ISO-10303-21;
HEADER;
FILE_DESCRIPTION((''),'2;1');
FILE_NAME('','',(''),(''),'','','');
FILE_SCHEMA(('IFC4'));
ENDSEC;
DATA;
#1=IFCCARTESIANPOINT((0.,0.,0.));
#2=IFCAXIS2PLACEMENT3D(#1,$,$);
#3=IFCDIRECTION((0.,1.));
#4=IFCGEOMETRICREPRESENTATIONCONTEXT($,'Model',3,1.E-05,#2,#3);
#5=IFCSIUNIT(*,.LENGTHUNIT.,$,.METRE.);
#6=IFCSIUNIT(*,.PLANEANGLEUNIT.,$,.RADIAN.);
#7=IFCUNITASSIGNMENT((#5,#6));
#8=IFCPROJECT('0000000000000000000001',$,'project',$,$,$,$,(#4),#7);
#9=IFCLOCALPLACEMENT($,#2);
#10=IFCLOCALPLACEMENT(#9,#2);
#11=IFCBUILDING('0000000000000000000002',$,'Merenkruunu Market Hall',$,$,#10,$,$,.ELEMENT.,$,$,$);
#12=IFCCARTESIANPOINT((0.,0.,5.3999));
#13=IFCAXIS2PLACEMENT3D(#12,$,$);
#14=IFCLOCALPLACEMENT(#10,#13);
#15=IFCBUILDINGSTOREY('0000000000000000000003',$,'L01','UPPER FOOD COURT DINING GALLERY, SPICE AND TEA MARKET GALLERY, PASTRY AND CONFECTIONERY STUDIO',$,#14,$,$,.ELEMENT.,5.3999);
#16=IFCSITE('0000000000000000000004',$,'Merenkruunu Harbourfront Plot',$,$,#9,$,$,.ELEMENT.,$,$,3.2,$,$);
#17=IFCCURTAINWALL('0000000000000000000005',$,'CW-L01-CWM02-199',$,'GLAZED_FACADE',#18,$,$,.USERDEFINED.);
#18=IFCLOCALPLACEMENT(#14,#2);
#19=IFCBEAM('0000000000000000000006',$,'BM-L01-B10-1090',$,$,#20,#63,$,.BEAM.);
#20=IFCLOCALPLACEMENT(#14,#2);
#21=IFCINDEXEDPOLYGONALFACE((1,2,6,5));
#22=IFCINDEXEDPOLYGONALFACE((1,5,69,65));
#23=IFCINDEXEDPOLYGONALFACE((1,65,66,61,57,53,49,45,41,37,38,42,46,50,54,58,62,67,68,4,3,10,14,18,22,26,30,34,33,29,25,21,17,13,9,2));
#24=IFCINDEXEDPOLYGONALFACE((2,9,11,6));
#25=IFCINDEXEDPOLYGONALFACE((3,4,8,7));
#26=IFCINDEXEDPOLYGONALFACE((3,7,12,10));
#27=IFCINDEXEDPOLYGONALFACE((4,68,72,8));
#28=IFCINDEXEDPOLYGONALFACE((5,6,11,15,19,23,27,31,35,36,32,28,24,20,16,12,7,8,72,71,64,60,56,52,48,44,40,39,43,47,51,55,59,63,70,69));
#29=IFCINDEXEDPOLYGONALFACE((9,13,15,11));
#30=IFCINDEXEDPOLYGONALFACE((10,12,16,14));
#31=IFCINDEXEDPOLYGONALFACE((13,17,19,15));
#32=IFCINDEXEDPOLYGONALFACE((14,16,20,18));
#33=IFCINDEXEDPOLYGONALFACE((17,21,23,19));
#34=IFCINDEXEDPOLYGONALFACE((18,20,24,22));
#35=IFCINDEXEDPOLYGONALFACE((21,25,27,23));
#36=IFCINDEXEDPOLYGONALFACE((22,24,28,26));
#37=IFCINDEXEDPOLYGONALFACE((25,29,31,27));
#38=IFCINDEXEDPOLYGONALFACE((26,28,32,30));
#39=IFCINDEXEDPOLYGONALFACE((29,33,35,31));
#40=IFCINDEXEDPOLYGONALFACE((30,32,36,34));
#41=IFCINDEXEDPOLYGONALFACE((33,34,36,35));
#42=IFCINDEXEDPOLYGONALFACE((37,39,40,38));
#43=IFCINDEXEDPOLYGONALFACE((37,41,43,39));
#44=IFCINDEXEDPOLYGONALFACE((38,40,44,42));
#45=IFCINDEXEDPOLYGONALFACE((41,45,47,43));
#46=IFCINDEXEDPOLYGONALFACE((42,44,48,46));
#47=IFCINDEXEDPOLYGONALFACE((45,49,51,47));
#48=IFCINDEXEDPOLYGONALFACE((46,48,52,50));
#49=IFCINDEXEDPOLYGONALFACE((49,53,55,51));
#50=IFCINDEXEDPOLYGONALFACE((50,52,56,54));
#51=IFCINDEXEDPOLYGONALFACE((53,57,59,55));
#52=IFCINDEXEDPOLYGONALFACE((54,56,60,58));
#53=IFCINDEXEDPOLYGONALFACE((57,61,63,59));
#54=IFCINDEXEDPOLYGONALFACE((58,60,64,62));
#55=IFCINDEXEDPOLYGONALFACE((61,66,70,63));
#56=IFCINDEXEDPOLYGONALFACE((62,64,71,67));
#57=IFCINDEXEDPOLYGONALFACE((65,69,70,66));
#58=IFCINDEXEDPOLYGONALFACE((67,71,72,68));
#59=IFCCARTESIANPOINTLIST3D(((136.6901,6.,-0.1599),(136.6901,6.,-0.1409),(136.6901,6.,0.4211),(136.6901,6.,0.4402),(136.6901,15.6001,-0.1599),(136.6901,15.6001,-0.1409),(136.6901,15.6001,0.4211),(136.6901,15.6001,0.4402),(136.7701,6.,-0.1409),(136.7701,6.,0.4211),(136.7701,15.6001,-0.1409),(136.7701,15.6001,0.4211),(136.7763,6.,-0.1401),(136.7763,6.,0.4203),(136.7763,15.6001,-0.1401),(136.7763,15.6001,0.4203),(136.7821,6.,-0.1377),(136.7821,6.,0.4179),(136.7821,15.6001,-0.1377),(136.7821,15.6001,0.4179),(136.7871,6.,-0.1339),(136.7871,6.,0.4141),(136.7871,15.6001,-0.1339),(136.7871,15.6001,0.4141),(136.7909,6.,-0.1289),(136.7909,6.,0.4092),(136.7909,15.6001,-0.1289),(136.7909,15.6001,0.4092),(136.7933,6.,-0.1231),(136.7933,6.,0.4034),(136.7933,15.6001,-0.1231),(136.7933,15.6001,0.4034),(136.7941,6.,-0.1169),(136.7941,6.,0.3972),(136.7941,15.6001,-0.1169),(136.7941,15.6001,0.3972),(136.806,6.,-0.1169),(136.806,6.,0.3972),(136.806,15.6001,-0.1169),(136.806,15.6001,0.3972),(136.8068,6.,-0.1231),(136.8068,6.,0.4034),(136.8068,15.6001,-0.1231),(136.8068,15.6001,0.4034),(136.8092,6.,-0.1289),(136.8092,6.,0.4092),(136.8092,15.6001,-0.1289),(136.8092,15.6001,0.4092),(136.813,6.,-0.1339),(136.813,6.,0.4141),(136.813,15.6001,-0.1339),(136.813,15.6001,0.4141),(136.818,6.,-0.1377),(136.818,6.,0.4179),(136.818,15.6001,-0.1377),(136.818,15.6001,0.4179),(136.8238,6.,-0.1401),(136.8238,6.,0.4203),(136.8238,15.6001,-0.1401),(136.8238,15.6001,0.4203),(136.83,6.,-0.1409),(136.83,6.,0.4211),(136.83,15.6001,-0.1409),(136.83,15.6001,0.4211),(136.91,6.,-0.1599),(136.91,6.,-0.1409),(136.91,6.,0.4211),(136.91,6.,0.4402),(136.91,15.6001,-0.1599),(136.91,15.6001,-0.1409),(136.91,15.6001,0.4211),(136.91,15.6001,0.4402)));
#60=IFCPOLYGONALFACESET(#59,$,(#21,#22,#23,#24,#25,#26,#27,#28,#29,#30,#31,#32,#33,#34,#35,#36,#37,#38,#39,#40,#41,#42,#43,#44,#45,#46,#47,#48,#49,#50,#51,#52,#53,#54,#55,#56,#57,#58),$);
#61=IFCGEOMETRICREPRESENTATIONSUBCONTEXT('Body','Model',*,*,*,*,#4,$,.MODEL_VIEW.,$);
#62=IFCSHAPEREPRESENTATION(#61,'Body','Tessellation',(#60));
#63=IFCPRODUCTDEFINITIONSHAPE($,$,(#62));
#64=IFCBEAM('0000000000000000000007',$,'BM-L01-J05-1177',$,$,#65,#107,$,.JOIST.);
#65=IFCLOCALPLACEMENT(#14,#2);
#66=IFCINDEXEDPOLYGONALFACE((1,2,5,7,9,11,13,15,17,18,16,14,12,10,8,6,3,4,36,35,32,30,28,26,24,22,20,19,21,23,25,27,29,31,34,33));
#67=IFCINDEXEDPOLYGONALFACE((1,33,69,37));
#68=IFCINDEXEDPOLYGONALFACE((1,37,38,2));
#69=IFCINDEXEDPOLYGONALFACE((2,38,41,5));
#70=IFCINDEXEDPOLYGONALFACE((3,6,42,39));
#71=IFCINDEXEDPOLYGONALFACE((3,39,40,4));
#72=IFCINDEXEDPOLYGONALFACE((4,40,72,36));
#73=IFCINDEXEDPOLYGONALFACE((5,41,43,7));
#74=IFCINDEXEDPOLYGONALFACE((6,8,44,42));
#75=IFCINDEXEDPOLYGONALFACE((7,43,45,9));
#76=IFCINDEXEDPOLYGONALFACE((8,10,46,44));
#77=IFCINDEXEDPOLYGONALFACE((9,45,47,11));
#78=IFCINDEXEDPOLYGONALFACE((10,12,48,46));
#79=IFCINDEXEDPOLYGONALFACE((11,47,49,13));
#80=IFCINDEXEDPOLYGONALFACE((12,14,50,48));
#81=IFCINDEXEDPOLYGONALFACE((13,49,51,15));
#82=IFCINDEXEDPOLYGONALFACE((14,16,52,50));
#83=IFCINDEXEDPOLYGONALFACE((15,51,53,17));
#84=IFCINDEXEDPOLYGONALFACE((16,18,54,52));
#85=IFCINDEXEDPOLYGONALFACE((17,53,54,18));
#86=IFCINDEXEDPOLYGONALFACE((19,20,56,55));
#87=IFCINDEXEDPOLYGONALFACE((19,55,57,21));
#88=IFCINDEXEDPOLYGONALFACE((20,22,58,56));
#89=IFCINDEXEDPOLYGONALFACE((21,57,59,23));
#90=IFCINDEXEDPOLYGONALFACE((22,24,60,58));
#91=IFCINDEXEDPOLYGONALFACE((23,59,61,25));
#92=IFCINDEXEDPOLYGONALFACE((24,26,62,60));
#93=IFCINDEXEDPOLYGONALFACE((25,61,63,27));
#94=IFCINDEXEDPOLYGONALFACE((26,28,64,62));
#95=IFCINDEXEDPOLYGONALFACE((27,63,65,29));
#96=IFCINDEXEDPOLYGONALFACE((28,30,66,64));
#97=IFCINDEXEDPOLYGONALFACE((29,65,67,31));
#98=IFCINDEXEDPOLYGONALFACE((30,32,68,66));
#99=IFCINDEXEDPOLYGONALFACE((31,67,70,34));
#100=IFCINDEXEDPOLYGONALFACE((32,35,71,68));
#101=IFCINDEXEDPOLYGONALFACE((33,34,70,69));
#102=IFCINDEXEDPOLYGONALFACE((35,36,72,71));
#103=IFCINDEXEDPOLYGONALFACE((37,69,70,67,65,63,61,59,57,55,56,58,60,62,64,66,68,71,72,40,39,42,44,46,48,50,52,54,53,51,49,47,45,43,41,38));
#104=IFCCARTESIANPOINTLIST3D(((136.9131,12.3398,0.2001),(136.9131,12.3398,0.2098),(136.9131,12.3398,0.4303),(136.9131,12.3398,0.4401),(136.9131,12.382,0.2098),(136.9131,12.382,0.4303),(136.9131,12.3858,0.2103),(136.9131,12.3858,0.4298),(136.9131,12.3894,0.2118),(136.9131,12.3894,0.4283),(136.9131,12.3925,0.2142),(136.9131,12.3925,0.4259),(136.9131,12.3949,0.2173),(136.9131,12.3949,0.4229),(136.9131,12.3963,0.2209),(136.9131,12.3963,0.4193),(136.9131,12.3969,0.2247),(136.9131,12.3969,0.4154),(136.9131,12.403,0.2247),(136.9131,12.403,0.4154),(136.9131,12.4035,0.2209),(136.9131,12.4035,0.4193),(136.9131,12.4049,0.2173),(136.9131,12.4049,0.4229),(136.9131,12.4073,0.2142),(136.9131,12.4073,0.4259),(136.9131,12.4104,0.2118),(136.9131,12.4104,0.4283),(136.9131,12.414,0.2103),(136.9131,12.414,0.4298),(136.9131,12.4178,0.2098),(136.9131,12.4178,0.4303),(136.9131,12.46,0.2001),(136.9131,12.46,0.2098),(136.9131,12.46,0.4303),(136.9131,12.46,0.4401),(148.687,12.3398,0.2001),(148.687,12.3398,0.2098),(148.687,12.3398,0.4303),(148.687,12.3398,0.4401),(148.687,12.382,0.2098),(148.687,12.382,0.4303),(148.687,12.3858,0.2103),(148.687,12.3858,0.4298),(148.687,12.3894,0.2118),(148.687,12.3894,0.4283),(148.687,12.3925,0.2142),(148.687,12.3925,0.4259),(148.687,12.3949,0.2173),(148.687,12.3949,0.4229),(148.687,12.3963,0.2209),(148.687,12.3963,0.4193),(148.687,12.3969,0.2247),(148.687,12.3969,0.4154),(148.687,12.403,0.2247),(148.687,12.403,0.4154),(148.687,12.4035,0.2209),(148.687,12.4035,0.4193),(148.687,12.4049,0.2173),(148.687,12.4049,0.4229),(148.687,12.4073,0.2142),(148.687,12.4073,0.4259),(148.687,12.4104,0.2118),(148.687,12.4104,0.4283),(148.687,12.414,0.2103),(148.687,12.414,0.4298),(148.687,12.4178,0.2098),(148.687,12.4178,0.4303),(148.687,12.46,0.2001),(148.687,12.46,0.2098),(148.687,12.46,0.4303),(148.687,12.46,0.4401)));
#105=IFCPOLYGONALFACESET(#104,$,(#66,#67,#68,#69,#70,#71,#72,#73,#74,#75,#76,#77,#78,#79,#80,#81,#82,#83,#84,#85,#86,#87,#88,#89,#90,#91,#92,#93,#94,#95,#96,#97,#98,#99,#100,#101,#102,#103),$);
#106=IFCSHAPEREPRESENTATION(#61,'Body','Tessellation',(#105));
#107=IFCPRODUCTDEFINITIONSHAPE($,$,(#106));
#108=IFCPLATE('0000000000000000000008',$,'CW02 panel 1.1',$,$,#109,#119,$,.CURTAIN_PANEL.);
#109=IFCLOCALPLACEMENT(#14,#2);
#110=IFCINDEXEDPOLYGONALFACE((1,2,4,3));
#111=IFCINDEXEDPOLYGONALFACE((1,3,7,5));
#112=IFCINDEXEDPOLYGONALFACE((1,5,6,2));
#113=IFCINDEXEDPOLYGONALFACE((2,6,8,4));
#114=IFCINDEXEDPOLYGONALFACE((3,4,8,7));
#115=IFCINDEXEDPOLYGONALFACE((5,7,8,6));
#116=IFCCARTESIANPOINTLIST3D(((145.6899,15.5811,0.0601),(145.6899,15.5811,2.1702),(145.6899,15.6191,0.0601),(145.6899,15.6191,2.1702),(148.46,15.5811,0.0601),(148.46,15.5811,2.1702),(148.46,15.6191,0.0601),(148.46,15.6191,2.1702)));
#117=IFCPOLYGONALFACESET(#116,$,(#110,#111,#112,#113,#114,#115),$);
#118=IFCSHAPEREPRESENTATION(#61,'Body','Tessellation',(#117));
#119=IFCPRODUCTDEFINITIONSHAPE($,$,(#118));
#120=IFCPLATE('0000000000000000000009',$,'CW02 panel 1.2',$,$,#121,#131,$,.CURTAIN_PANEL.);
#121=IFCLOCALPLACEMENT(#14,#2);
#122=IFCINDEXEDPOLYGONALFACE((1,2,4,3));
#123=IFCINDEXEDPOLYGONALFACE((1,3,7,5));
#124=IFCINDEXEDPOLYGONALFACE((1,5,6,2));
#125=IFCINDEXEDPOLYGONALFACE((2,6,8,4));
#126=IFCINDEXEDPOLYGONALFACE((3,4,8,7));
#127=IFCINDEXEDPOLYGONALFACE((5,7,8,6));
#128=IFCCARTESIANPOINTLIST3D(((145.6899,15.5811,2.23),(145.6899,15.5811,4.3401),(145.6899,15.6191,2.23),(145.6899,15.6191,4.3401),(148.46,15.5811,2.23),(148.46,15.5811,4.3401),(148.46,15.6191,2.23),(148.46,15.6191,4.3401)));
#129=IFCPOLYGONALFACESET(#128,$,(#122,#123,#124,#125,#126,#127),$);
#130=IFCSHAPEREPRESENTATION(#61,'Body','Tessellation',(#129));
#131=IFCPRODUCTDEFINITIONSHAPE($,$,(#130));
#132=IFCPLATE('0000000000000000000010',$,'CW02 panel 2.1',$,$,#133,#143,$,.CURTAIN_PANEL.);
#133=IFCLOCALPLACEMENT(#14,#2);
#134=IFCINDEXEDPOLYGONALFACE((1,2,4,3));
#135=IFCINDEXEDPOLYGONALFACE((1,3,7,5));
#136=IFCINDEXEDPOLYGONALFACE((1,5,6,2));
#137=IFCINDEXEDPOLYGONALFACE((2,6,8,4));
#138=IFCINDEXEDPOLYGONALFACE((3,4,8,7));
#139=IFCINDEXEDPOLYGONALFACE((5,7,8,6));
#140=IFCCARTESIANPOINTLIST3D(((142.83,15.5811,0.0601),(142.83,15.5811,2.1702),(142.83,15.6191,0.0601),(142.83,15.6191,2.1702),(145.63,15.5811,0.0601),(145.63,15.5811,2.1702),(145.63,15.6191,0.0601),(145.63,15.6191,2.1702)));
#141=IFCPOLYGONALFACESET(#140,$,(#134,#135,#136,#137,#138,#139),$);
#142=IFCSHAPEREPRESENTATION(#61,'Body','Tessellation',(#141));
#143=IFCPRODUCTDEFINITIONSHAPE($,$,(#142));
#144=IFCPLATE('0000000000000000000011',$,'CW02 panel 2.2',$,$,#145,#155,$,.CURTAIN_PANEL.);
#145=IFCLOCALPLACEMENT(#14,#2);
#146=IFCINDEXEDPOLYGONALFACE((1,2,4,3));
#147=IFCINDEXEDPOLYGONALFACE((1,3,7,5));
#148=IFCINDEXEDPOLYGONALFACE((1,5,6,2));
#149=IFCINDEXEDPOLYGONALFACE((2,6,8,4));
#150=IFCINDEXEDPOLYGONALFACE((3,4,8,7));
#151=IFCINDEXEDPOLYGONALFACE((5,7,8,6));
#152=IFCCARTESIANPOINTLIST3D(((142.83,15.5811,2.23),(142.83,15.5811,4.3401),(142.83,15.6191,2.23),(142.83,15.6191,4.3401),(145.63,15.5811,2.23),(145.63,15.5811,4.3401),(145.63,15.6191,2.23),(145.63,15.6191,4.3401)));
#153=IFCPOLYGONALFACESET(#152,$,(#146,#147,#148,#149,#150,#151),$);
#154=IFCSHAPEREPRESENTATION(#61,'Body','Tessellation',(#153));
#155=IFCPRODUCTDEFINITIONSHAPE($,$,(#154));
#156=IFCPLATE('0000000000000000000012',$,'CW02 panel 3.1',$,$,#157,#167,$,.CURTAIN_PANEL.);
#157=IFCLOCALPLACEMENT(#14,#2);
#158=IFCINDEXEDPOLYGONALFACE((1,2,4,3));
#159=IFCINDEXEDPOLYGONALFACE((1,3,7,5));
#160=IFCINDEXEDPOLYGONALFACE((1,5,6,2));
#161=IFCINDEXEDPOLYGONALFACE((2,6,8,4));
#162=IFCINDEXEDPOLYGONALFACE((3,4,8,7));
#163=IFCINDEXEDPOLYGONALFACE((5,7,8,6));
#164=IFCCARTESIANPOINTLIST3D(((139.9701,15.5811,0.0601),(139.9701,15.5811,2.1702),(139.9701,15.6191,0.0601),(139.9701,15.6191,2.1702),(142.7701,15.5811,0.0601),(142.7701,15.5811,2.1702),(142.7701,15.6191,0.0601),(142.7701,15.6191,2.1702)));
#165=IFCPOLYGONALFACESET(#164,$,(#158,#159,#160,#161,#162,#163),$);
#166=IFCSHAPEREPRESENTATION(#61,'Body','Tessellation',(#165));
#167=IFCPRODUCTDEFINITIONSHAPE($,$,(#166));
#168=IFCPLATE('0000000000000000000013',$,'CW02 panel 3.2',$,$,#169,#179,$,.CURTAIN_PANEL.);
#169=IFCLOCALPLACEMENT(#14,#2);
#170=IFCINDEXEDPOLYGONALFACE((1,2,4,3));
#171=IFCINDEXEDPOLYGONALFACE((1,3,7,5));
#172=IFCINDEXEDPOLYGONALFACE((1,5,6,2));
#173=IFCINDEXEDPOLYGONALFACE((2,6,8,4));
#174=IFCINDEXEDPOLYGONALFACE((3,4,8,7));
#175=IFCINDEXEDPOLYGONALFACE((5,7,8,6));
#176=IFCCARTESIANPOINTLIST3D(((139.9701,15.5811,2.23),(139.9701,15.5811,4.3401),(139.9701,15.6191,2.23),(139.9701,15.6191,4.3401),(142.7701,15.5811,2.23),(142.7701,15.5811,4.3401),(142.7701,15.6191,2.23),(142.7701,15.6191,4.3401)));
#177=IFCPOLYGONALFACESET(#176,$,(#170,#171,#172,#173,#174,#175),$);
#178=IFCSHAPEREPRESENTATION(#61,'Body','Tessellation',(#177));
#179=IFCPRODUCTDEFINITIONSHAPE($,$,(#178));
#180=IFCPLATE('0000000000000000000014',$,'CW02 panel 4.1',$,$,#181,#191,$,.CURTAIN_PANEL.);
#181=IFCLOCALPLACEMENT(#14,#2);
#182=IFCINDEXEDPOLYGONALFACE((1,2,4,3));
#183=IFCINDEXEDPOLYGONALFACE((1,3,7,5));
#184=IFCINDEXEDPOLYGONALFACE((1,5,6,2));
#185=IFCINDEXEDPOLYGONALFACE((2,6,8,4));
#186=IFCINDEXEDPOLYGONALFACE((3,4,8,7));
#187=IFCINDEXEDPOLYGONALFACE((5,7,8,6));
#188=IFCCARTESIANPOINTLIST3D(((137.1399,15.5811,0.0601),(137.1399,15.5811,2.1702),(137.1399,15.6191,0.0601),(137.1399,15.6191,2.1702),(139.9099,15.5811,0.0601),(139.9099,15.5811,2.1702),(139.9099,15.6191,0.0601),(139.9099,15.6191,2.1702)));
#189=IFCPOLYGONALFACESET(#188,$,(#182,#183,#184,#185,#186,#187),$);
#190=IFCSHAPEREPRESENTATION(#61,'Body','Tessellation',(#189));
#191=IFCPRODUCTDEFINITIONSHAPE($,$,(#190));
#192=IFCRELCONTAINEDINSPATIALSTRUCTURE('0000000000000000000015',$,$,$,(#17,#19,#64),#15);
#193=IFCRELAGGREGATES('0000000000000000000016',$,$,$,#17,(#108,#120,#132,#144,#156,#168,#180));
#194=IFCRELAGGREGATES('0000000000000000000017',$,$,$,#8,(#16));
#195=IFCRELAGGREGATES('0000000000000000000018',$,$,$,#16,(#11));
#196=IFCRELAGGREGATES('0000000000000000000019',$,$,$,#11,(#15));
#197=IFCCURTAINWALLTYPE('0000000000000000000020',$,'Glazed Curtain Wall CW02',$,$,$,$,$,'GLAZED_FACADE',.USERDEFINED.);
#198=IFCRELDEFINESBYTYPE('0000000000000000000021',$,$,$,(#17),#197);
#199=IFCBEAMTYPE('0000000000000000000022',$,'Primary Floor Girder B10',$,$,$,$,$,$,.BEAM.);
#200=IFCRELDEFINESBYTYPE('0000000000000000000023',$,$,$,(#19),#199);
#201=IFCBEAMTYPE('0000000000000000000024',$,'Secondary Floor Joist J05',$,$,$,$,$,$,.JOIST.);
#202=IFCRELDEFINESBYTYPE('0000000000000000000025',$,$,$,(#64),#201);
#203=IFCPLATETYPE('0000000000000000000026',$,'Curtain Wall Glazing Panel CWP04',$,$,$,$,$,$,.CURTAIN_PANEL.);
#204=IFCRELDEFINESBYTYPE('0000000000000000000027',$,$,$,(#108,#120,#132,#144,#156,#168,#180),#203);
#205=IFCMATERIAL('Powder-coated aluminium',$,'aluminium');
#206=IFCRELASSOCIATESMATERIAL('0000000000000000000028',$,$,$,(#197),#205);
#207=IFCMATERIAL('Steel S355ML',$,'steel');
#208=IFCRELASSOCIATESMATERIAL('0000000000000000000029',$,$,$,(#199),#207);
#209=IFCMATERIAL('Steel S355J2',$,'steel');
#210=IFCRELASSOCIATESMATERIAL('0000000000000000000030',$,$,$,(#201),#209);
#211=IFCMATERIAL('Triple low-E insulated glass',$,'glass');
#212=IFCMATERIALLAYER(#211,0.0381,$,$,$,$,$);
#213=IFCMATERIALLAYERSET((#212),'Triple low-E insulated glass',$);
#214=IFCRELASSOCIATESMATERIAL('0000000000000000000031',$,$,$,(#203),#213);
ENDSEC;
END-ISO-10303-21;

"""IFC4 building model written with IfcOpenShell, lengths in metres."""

from ifc_helpers import new_model, si_unit, direction, frame, origin, origin_2d, place, context, subcontext, project, spatial, rectangle, i_section, extrude, material, layer, layer_set, material_profile, profile_set, type_object, element, aggregate, save


model = new_model("IFC4")

# Units and contexts
model_context = context("Model", 3, precision=1e-05, world=origin(), true_north=direction((0.0, 1.0)))
body_context = subcontext(model_context, "Body", "Model", "MODEL_VIEW")
ifc_project = project(units=[si_unit("LENGTHUNIT", "METRE"), si_unit("PLANEANGLEUNIT", "RADIAN")], contexts=[model_context])

# Site, building, storey
site_placement = place(None, origin())
site = spatial("IfcSite", under=ifc_project, at=site_placement, Name="Merenkruunu Harbourfront Plot", CompositionType="ELEMENT", RefElevation=3.2)
building_placement = place(site_placement, origin())
building = spatial("IfcBuilding", under=site, at=building_placement, Name="Merenkruunu Market Hall", CompositionType="ELEMENT")
storey_placement = place(building_placement, frame((0.0, 0.0, 5.3999)))
storey = spatial("IfcBuildingStorey", under=building, at=storey_placement, Name="L01", Description="UPPER FOOD COURT DINING GALLERY, SPICE AND TEA MARKET GALLERY, PASTRY AND CONFECTIONERY STUDIO", CompositionType="ELEMENT", Elevation=5.3999)

# Shared definitions
ifc_material_1 = material(Name="Steel S355J2", Category="steel")

# Curtain wall
ifc_material_2 = material(Name="Powder-coated aluminium", Category="aluminium")
curtain_wall_type = type_object("IfcCurtainWallType", Name="Glazed Curtain Wall CW02", ElementType="GLAZED_FACADE", PredefinedType="USERDEFINED", material=ifc_material_2)
curtain_wall_placement = place(storey_placement, origin())
curtain_wall = element("IfcCurtainWall", 1, at=curtain_wall_placement, inside=storey, type_object=curtain_wall_type, Name="CW-L01-CWM02-199", ObjectType="GLAZED_FACADE", PredefinedType="USERDEFINED")

# Beams
ifc_material_3 = material(Name="Steel S355ML", Category="steel")
ifc_material_profile_1 = material_profile(ifc_material_3, i_section(OverallWidth=0.22, OverallDepth=0.6001, WebThickness=0.012, FlangeThickness=0.019, FilletRadius=0.0239, at=origin_2d()), Name="IPE 600")
ifc_profile_set_1 = profile_set([ifc_material_profile_1], Name="Steel S355ML")
beam_type_1 = type_object("IfcBeamType", Name="Primary Floor Girder B10", PredefinedType="BEAM", material=ifc_profile_set_1)
beam_1_placement = place(storey_placement, frame((136.8, 15.6001, 0.1401), z_axis=(0.0, -1.0, 0.0), x_axis=(1.0, 0.0, 0.0)))
element("IfcBeam", 2, at=beam_1_placement, inside=storey, type_object=beam_type_1, Name="BM-L01-B10-1090", PredefinedType="BEAM", context=body_context, shape_type="SweptSolid", body=[
    extrude(i_section(OverallWidth=0.22, OverallDepth=0.6001, WebThickness=0.012, FlangeThickness=0.019, FilletRadius=0.0239, at=origin_2d()), origin(), (0.0, 0.0, 1.0), 9.6001),
])
ifc_material_profile_2 = material_profile(ifc_material_1, i_section(OverallWidth=0.1201, OverallDepth=0.24, WebThickness=0.0061, FlangeThickness=0.0098, FilletRadius=0.0149, at=origin_2d()), Name="IPE 240")
ifc_profile_set_2 = profile_set([ifc_material_profile_2], Name="Steel S355J2")
beam_type_2 = type_object("IfcBeamType", Name="Secondary Floor Joist J05", PredefinedType="JOIST", material=ifc_profile_set_2)
beam_2_placement = place(storey_placement, frame((136.9131, 12.3999, 0.3201), z_axis=(1.0, 0.0, 0.0), x_axis=(0.0, 1.0, 0.0)))
element("IfcBeam", 3, at=beam_2_placement, inside=storey, type_object=beam_type_2, Name="BM-L01-J05-1177", PredefinedType="JOIST", context=body_context, shape_type="SweptSolid", body=[
    extrude(i_section(OverallWidth=0.1201, OverallDepth=0.24, WebThickness=0.0061, FlangeThickness=0.0098, FilletRadius=0.0149, at=origin_2d()), origin(), (0.0, 0.0, 1.0), 11.7739),
])

# Plates
ifc_material_4 = material(Name="Triple low-E insulated glass", Category="glass")
ifc_layer_1 = layer(ifc_material_4, 0.0381)
ifc_layer_set_1 = layer_set([ifc_layer_1], Name="Triple low-E insulated glass")
plate_type = type_object("IfcPlateType", Name="Curtain Wall Glazing Panel CWP04", PredefinedType="CURTAIN_PANEL", material=ifc_layer_set_1)
plate_1_placement = place(storey_placement, frame((147.075, 15.6001, 0.0601), z_axis=(0.0, 0.0, 1.0), x_axis=(-1.0, 0.0, 0.0)))
plate_1 = element("IfcPlate", 4, at=plate_1_placement, type_object=plate_type, Name="CW02 panel 1.1", PredefinedType="CURTAIN_PANEL", context=body_context, shape_type="SweptSolid", body=[
    extrude(rectangle(XDim=2.77, YDim=0.0381, at=origin_2d()), origin(), (0.0, 0.0, 1.0), 2.1101),
])
plate_2_placement = place(storey_placement, frame((147.075, 15.6001, 2.23), z_axis=(0.0, 0.0, 1.0), x_axis=(-1.0, 0.0, 0.0)))
plate_2 = element("IfcPlate", 5, at=plate_2_placement, type_object=plate_type, Name="CW02 panel 1.2", PredefinedType="CURTAIN_PANEL", context=body_context, shape_type="SweptSolid", body=[
    extrude(rectangle(XDim=2.77, YDim=0.0381, at=origin_2d()), origin(), (0.0, 0.0, 1.0), 2.1101),
])
plate_3_placement = place(storey_placement, frame((144.23, 15.6001, 0.0601), z_axis=(0.0, 0.0, 1.0), x_axis=(-1.0, 0.0, 0.0)))
plate_3 = element("IfcPlate", 6, at=plate_3_placement, type_object=plate_type, Name="CW02 panel 2.1", PredefinedType="CURTAIN_PANEL", context=body_context, shape_type="SweptSolid", body=[
    extrude(rectangle(XDim=2.8, YDim=0.0381, at=origin_2d()), origin(), (0.0, 0.0, 1.0), 2.1101),
])
plate_4_placement = place(storey_placement, frame((144.23, 15.6001, 2.23), z_axis=(0.0, 0.0, 1.0), x_axis=(-1.0, 0.0, 0.0)))
plate_4 = element("IfcPlate", 7, at=plate_4_placement, type_object=plate_type, Name="CW02 panel 2.2", PredefinedType="CURTAIN_PANEL", context=body_context, shape_type="SweptSolid", body=[
    extrude(rectangle(XDim=2.8, YDim=0.0381, at=origin_2d()), origin(), (0.0, 0.0, 1.0), 2.1101),
])
plate_5_placement = place(storey_placement, frame((141.3701, 15.6001, 0.0601), z_axis=(0.0, 0.0, 1.0), x_axis=(-1.0, 0.0, 0.0)))
plate_5 = element("IfcPlate", 8, at=plate_5_placement, type_object=plate_type, Name="CW02 panel 3.1", PredefinedType="CURTAIN_PANEL", context=body_context, shape_type="SweptSolid", body=[
    extrude(rectangle(XDim=2.8, YDim=0.0381, at=origin_2d()), origin(), (0.0, 0.0, 1.0), 2.1101),
])
plate_6_placement = place(storey_placement, frame((141.3701, 15.6001, 2.23), z_axis=(0.0, 0.0, 1.0), x_axis=(-1.0, 0.0, 0.0)))
plate_6 = element("IfcPlate", 9, at=plate_6_placement, type_object=plate_type, Name="CW02 panel 3.2", PredefinedType="CURTAIN_PANEL", context=body_context, shape_type="SweptSolid", body=[
    extrude(rectangle(XDim=2.8, YDim=0.0381, at=origin_2d()), origin(), (0.0, 0.0, 1.0), 2.1101),
])
plate_7_placement = place(storey_placement, frame((138.5249, 15.6001, 0.0601), z_axis=(0.0, 0.0, 1.0), x_axis=(-1.0, 0.0, 0.0)))
plate_7 = element("IfcPlate", 10, at=plate_7_placement, type_object=plate_type, Name="CW02 panel 4.1", PredefinedType="CURTAIN_PANEL", context=body_context, shape_type="SweptSolid", body=[
    extrude(rectangle(XDim=2.77, YDim=0.0381, at=origin_2d()), origin(), (0.0, 0.0, 1.0), 2.1101),
])
aggregate(curtain_wall, [plate_1, plate_2, plate_3, plate_4, plate_5, plate_6, plate_7])

save(model, "model.ifc")
